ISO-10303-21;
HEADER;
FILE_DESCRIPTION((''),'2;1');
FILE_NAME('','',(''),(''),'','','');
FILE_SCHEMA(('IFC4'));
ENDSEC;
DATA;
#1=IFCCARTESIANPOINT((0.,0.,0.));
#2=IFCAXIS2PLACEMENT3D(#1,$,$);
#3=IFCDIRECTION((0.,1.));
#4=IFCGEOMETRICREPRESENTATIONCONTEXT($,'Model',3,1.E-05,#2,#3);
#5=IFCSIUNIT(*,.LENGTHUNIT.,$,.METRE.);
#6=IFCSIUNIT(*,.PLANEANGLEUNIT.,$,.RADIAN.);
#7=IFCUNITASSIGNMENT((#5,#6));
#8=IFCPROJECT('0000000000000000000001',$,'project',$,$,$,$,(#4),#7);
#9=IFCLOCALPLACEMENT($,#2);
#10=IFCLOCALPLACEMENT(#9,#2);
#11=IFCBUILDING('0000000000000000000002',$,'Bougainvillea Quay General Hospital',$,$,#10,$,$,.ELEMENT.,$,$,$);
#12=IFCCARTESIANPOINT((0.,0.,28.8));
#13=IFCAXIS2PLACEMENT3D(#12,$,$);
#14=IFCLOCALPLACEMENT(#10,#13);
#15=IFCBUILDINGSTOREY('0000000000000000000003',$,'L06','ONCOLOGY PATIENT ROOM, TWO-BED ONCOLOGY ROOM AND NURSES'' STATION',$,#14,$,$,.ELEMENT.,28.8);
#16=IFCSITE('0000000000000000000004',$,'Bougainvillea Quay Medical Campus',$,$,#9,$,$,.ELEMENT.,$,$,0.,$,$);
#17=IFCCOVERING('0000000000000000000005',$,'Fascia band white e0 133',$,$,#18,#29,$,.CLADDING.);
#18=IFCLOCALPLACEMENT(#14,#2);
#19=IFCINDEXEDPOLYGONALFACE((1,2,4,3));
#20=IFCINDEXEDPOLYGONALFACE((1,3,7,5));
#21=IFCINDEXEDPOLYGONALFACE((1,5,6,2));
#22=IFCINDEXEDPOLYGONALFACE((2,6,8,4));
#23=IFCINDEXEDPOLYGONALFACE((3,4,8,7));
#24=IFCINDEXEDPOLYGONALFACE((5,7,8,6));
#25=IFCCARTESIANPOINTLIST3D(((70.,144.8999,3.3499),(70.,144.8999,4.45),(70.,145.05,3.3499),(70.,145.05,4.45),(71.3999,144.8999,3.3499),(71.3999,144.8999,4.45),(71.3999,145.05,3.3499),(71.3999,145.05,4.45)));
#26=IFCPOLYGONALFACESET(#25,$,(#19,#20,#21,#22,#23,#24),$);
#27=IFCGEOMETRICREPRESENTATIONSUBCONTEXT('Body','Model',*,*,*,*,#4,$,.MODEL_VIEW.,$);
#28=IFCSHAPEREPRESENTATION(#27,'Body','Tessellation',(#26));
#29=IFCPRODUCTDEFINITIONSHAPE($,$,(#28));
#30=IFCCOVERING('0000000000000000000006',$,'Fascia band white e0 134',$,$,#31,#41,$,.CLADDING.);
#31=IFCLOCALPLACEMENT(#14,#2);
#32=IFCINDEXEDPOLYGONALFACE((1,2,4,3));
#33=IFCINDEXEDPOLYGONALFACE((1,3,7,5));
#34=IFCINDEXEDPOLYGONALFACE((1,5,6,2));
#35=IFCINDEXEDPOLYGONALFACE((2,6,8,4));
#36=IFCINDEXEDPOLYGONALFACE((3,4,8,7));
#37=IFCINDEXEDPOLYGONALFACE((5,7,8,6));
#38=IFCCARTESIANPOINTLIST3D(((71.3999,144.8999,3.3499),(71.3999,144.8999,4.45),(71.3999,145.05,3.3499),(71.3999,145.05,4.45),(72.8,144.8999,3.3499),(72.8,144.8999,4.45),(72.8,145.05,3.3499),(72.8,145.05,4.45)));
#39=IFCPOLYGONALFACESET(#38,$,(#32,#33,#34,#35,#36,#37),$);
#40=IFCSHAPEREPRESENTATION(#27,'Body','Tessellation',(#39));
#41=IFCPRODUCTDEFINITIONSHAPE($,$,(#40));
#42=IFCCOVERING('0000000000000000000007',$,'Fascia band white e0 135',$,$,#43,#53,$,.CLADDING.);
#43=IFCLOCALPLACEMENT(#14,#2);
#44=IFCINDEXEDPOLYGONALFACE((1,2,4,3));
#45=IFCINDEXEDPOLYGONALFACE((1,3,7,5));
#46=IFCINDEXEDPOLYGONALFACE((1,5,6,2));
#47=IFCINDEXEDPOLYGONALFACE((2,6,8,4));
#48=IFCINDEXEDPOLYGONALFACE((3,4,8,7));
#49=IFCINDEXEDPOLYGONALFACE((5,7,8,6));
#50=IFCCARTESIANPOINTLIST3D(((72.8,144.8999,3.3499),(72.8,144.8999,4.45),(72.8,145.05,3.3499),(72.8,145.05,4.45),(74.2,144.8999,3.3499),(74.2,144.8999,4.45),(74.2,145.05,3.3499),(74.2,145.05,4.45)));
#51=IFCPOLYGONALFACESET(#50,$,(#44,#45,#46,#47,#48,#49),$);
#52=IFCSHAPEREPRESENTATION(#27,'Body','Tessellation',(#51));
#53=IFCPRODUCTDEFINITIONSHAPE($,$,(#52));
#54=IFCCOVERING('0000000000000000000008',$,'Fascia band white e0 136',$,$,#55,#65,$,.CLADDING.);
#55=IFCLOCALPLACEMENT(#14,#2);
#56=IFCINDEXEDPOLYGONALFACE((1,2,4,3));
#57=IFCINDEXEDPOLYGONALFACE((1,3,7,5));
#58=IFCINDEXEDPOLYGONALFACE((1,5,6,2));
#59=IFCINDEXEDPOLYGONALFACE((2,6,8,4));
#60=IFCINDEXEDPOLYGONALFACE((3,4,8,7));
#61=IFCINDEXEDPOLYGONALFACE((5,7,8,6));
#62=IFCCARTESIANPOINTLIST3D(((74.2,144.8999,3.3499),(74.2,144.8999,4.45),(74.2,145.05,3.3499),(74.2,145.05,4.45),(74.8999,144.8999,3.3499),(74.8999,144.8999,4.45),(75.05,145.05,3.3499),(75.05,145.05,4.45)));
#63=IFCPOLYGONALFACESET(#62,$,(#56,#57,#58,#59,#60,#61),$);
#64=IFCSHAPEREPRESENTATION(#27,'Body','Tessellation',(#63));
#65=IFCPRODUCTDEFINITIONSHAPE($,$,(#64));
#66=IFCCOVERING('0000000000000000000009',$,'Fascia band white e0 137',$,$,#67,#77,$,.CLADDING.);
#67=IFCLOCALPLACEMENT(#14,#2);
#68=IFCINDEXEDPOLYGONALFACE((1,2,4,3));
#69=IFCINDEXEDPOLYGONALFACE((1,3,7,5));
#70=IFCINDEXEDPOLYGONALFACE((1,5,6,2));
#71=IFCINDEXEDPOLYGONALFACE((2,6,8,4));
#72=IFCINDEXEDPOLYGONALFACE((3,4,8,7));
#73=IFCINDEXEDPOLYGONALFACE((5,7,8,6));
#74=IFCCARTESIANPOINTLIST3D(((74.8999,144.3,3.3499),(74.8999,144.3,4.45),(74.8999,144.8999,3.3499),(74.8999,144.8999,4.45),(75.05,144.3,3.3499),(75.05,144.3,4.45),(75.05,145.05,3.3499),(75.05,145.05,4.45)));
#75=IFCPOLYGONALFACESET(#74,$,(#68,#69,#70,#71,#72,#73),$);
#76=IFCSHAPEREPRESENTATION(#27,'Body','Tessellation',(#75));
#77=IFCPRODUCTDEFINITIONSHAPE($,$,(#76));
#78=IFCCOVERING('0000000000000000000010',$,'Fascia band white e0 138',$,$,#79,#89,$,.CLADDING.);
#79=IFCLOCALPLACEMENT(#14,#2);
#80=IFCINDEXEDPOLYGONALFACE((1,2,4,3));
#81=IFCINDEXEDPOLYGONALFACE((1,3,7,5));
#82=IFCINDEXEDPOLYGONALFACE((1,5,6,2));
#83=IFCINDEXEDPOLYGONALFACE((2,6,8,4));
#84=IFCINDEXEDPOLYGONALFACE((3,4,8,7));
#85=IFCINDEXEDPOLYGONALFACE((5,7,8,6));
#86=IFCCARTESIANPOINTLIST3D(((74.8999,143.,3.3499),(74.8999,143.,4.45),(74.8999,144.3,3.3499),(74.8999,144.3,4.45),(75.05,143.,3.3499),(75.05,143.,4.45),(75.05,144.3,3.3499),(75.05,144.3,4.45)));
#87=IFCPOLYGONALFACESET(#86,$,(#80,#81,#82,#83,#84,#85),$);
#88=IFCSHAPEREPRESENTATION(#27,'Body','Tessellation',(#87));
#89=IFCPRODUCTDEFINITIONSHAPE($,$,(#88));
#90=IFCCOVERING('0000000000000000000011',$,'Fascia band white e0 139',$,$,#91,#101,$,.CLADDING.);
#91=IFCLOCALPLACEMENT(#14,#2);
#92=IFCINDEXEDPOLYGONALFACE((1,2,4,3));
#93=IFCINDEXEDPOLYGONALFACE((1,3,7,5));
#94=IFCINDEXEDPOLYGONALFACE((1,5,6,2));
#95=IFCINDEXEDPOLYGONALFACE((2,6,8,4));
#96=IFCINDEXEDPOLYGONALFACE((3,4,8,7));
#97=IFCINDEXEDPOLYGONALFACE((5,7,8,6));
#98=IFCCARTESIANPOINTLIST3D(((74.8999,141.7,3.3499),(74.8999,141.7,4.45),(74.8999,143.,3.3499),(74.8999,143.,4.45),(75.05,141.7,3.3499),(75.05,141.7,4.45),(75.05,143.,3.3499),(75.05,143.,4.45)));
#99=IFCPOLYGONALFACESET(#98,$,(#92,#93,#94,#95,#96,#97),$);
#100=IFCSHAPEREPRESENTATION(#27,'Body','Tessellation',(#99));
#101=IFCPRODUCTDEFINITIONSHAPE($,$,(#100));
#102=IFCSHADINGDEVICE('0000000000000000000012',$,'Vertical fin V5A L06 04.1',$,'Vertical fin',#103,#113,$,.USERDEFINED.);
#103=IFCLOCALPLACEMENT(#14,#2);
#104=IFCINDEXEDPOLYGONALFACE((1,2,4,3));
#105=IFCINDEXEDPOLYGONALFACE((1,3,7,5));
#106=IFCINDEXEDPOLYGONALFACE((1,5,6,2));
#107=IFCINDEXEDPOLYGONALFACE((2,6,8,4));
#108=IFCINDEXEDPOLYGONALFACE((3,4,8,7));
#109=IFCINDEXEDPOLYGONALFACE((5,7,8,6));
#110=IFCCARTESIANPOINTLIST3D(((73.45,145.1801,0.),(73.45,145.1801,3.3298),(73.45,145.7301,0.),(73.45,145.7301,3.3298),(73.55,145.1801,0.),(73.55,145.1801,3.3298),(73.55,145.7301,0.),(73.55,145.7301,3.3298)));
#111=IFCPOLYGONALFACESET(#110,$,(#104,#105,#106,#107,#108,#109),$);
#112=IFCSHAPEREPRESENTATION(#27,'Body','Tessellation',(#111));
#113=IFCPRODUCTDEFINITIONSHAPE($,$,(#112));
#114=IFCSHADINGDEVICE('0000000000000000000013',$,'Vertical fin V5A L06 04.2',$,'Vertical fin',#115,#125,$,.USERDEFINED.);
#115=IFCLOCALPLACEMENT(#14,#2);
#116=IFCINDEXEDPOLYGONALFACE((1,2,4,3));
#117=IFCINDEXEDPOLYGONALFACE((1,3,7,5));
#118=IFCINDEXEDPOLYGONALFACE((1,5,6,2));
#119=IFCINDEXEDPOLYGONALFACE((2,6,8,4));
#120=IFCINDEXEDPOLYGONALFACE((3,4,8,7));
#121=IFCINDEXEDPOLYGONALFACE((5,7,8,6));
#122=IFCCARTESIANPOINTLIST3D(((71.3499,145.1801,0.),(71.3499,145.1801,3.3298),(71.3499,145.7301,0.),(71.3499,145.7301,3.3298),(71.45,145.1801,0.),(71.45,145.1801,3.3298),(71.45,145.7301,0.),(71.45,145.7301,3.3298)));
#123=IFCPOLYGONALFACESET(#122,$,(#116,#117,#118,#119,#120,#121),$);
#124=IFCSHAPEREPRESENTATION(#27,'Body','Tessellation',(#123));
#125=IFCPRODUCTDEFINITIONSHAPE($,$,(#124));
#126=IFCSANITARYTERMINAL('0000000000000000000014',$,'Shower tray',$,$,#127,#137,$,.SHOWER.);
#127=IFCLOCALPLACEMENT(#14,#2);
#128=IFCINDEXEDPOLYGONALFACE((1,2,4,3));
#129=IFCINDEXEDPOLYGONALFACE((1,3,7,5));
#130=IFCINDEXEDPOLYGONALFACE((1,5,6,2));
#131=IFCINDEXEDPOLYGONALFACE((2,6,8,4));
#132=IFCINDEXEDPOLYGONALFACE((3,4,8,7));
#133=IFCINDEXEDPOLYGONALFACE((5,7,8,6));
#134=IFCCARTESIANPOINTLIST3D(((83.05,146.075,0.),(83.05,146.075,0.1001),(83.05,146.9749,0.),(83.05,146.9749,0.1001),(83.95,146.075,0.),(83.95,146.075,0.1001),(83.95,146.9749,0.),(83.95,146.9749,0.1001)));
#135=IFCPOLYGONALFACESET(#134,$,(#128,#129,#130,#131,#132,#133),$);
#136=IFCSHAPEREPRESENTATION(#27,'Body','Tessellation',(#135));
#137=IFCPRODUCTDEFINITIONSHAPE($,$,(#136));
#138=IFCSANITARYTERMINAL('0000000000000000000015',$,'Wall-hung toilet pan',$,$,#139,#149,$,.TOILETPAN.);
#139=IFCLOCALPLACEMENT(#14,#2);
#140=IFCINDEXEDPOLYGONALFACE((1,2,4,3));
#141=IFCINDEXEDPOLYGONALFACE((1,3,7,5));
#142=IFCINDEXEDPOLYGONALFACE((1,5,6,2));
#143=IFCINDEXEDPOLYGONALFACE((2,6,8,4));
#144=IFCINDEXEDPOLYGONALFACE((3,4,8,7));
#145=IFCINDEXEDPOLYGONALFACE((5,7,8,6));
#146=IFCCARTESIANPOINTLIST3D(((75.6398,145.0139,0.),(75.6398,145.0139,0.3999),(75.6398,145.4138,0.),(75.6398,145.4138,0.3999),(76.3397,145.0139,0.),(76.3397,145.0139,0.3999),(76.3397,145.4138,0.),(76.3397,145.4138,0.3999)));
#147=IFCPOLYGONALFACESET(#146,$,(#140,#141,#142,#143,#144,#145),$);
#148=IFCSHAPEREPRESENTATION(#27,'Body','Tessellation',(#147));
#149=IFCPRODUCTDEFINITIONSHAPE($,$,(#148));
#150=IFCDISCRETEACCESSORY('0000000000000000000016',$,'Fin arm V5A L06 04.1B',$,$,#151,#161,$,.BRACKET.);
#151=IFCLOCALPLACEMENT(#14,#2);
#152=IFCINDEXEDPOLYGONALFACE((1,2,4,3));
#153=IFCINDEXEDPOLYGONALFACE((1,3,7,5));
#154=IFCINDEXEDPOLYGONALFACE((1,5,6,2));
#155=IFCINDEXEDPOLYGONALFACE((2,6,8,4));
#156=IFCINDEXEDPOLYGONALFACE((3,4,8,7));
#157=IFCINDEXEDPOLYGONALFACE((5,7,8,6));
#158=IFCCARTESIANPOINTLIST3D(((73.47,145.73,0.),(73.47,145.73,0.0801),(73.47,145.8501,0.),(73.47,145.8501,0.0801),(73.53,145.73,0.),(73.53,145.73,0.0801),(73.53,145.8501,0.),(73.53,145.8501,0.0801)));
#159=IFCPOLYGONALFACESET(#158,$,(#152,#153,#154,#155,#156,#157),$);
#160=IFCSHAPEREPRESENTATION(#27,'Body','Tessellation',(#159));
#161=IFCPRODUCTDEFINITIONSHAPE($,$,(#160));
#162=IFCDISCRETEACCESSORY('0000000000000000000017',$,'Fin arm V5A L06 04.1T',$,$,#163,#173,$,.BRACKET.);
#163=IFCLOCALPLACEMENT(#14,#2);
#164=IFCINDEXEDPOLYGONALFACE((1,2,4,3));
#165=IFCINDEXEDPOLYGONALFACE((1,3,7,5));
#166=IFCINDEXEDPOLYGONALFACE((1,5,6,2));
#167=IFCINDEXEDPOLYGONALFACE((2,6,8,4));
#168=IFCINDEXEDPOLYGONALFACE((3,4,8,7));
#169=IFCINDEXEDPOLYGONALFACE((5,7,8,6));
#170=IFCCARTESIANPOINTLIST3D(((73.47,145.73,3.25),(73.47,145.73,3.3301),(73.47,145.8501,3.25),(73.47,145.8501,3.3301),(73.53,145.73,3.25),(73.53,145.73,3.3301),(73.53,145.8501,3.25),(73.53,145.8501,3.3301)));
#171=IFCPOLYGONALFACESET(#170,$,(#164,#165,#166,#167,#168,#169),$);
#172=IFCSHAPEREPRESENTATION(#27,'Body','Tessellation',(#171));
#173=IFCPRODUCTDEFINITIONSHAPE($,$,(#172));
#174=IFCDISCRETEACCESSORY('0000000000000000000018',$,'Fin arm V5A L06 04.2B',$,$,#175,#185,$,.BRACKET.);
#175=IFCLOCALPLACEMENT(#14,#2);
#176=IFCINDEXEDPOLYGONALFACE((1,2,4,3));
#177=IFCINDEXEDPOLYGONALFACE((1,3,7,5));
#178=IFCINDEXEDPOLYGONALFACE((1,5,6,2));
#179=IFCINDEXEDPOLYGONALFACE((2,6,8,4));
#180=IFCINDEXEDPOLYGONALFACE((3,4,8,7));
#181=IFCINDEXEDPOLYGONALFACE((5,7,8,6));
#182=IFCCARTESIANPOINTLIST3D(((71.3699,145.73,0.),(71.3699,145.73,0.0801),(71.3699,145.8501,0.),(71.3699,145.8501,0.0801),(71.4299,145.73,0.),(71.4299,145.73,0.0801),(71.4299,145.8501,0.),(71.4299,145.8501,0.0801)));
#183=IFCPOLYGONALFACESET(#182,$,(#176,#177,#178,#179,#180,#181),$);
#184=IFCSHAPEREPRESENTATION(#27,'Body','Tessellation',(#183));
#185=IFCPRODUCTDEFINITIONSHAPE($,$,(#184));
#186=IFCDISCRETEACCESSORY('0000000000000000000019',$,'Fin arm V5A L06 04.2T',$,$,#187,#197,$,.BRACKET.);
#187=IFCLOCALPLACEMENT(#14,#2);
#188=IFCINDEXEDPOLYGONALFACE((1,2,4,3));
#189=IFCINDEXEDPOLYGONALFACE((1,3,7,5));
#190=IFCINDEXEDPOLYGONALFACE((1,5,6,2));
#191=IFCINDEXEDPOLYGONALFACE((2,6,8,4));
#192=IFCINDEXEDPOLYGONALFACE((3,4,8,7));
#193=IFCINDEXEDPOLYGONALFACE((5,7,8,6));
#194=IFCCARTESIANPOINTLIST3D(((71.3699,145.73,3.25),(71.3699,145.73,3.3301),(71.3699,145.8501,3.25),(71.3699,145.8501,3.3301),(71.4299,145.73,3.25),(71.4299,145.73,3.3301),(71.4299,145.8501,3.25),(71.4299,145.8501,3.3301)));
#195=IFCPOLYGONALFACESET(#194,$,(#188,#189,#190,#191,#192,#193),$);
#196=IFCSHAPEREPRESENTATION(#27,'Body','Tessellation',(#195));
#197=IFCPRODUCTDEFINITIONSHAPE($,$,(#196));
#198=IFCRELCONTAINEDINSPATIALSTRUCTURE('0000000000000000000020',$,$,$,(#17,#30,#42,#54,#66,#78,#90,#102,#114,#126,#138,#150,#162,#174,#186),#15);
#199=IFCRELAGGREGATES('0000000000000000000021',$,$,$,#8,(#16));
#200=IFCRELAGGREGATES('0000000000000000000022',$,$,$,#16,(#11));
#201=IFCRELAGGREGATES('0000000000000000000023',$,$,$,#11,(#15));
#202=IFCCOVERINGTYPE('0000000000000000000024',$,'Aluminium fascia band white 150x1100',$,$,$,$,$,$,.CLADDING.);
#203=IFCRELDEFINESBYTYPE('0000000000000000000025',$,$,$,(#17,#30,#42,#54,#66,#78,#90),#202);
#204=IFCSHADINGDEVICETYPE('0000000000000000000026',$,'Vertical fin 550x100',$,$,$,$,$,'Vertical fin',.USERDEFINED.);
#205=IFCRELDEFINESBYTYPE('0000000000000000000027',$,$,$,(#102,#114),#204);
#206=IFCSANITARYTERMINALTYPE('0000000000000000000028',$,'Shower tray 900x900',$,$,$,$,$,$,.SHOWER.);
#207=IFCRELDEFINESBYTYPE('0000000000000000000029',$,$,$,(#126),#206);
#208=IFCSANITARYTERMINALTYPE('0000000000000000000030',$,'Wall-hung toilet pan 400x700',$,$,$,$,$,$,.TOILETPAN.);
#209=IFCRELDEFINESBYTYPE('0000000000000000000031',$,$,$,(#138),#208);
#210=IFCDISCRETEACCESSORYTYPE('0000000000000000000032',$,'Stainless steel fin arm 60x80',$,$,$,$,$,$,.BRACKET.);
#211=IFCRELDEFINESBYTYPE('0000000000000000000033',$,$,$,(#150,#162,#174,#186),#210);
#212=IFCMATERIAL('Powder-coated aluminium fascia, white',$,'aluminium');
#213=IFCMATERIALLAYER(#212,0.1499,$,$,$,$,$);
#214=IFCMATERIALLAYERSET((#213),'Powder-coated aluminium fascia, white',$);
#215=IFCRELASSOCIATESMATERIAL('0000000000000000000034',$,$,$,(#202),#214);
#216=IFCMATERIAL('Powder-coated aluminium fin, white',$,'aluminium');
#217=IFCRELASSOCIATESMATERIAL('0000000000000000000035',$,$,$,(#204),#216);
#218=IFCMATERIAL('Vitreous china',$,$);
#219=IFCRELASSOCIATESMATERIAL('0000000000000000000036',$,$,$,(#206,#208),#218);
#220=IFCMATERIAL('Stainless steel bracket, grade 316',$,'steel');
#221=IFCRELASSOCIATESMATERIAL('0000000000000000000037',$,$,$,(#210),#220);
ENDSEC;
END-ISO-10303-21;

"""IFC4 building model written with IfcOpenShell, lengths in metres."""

from ifc_helpers import new_model, si_unit, direction, frame, origin, origin_2d, place, context, subcontext, project, spatial, polyline, rectangle, outline, extrude, material, layer, layer_set, material_profile, profile_set, type_object, element, save


model = new_model("IFC4")

# Units and contexts
model_context = context("Model", 3, precision=1e-05, world=origin(), true_north=direction((0.0, 1.0)))
body_context = subcontext(model_context, "Body", "Model", "MODEL_VIEW")
ifc_project = project(units=[si_unit("LENGTHUNIT", "METRE"), si_unit("PLANEANGLEUNIT", "RADIAN")], contexts=[model_context])

# Site, building, storey
site_placement = place(None, origin())
site = spatial("IfcSite", under=ifc_project, at=site_placement, Name="Bougainvillea Quay Medical Campus", CompositionType="ELEMENT", RefElevation=0.0)
building_placement = place(site_placement, origin())
building = spatial("IfcBuilding", under=site, at=building_placement, Name="Bougainvillea Quay General Hospital", CompositionType="ELEMENT")
storey_placement = place(building_placement, frame((0.0, 0.0, 28.8)))
storey = spatial("IfcBuildingStorey", under=building, at=storey_placement, Name="L06", Description="ONCOLOGY PATIENT ROOM, TWO-BED ONCOLOGY ROOM AND NURSES' STATION", CompositionType="ELEMENT", Elevation=28.8)

# Coverings
ifc_material_1 = material(Name="Powder-coated aluminium fascia, white", Category="aluminium")
ifc_layer_1 = layer(ifc_material_1, 0.1499)
ifc_layer_set_1 = layer_set([ifc_layer_1], Name="Powder-coated aluminium fascia, white")
covering_type = type_object("IfcCoveringType", Name="Aluminium fascia band white 150x1100", PredefinedType="CLADDING", material=ifc_layer_set_1)
covering_1_placement = place(storey_placement, frame((70.0, 145.05, 3.3499), z_axis=(0.0, 0.0, 1.0), x_axis=(1.0, 0.0, 0.0)))
element("IfcCovering", 1, at=covering_1_placement, inside=storey, type_object=covering_type, Name="Fascia band white e0 133", PredefinedType="CLADDING", context=body_context, shape_type="SweptSolid", body=[
    extrude(outline(polyline([(0.0, 0.0), (1.3999, 0.0), (1.3999, -0.1501), (0.0, -0.1501), (0.0, 0.0)])), origin(), (0.0, 0.0, 1.0), 1.1001),
])
covering_2_placement = place(storey_placement, frame((71.3999, 145.05, 3.3499), z_axis=(0.0, 0.0, 1.0), x_axis=(1.0, 0.0, 0.0)))
element("IfcCovering", 2, at=covering_2_placement, inside=storey, type_object=covering_type, Name="Fascia band white e0 134", PredefinedType="CLADDING", context=body_context, shape_type="SweptSolid", body=[
    extrude(outline(polyline([(0.0, 0.0), (1.4001, 0.0), (1.4001, -0.1501), (0.0, -0.1501), (0.0, 0.0)])), origin(), (0.0, 0.0, 1.0), 1.1001),
])
covering_3_placement = place(storey_placement, frame((72.8, 145.05, 3.3499), z_axis=(0.0, 0.0, 1.0), x_axis=(1.0, 0.0, 0.0)))
element("IfcCovering", 3, at=covering_3_placement, inside=storey, type_object=covering_type, Name="Fascia band white e0 135", PredefinedType="CLADDING", context=body_context, shape_type="SweptSolid", body=[
    extrude(outline(polyline([(0.0, 0.0), (1.3999, 0.0), (1.3999, -0.1501), (0.0, -0.1501), (0.0, 0.0)])), origin(), (0.0, 0.0, 1.0), 1.1001),
])
covering_4_placement = place(storey_placement, frame((74.2, 145.05, 3.3499), z_axis=(0.0, 0.0, 1.0), x_axis=(1.0, 0.0, 0.0)))
element("IfcCovering", 4, at=covering_4_placement, inside=storey, type_object=covering_type, Name="Fascia band white e0 136", PredefinedType="CLADDING", context=body_context, shape_type="SweptSolid", body=[
    extrude(outline(polyline([(0.0, 0.0), (0.8501, 0.0), (0.7, -0.1501), (0.0, -0.1501), (0.0, 0.0)])), origin(), (0.0, 0.0, 1.0), 1.1001),
])
covering_5_placement = place(storey_placement, frame((75.05, 145.05, 3.3499), z_axis=(0.0, 0.0, 1.0), x_axis=(0.0, -1.0, 0.0)))
element("IfcCovering", 5, at=covering_5_placement, inside=storey, type_object=covering_type, Name="Fascia band white e0 137", PredefinedType="CLADDING", context=body_context, shape_type="SweptSolid", body=[
    extrude(outline(polyline([(0.0, 0.0), (0.75, 0.0), (0.75, -0.1501), (0.1501, -0.1501), (0.0, 0.0)])), origin(), (0.0, 0.0, 1.0), 1.1001),
])
for number, where, z_axis, x_axis, name in (
    (6, (75.05, 144.3, 3.3499), (0.0, 0.0, 1.0), (0.0, -1.0, 0.0), "Fascia band white e0 138"),
    (7, (75.05, 143.0, 3.3499), (0.0, 0.0, 1.0), (0.0, -1.0, 0.0), "Fascia band white e0 139"),
):
    element("IfcCovering", number, at=place(storey_placement, frame(where, z_axis=z_axis, x_axis=x_axis)), inside=storey, type_object=covering_type, Name=name, PredefinedType="CLADDING", context=body_context, shape_type="SweptSolid", body=[
        extrude(outline(polyline([(0.0, 0.0), (1.3, 0.0), (1.3, -0.1501), (0.0, -0.1501), (0.0, 0.0)])), origin(), (0.0, 0.0, 1.0), 1.1001),
    ])

# Shading devices
ifc_material_2 = material(Name="Powder-coated aluminium fin, white", Category="aluminium")
ifc_material_profile_1 = material_profile(ifc_material_2, rectangle(XDim=0.55, YDim=0.1001, at=origin_2d()))
ifc_profile_set_1 = profile_set([ifc_material_profile_1], Name="Powder-coated aluminium fin, white")
shading_device_type = type_object("IfcShadingDeviceType", Name="Vertical fin 550x100", ElementType="Vertical fin", PredefinedType="USERDEFINED", material=ifc_profile_set_1)
for number, where, z_axis, x_axis, name in (
    (8, (73.5, 145.4551, 0.0), (0.0, 0.0, 1.0), (0.0, -1.0, 0.0), "Vertical fin V5A L06 04.1"),
    (9, (71.3999, 145.4551, 0.0), (0.0, 0.0, 1.0), (0.0, -1.0, 0.0), "Vertical fin V5A L06 04.2"),
):
    element("IfcShadingDevice", number, at=place(storey_placement, frame(where, z_axis=z_axis, x_axis=x_axis)), inside=storey, type_object=shading_device_type, Name=name, ObjectType="Vertical fin", PredefinedType="USERDEFINED", context=body_context, shape_type="SweptSolid", body=[
        extrude(rectangle(XDim=0.55, YDim=0.1001, at=origin_2d()), origin(), (0.0, 0.0, 1.0), 3.3298),
    ])

# Sanitary terminals
ifc_material_3 = material(Name="Vitreous china")
sanitary_terminal_type_1 = type_object("IfcSanitaryTerminalType", Name="Shower tray 900x900", PredefinedType="SHOWER", material=ifc_material_3)
sanitary_terminal_1_placement = place(storey_placement, frame((83.5, 146.5249, 0.0), z_axis=(0.0, 0.0, 1.0), x_axis=(0.0, -1.0, 0.0)))
element("IfcSanitaryTerminal", 10, at=sanitary_terminal_1_placement, inside=storey, type_object=sanitary_terminal_type_1, Name="Shower tray", PredefinedType="SHOWER", context=body_context, shape_type="SweptSolid", body=[
    extrude(rectangle(XDim=0.8999, YDim=0.8999, at=origin_2d()), origin(), (0.0, 0.0, 1.0), 0.1001),
])
sanitary_terminal_type_2 = type_object("IfcSanitaryTerminalType", Name="Wall-hung toilet pan 400x700", PredefinedType="TOILETPAN", material=ifc_material_3)
sanitary_terminal_2_placement = place(storey_placement, frame((75.9897, 145.2139, 0.0), z_axis=(0.0, 0.0, 1.0), x_axis=(0.0, 1.0, 0.0)))
element("IfcSanitaryTerminal", 11, at=sanitary_terminal_2_placement, inside=storey, type_object=sanitary_terminal_type_2, Name="Wall-hung toilet pan", PredefinedType="TOILETPAN", context=body_context, shape_type="SweptSolid", body=[
    extrude(rectangle(XDim=0.3999, YDim=0.7, at=origin_2d()), origin(), (0.0, 0.0, 1.0), 0.3999),
])

# Discrete accessories
ifc_material_4 = material(Name="Stainless steel bracket, grade 316", Category="steel")
discrete_accessory_type_1 = type_object("IfcDiscreteAccessoryType", Name="Stainless steel fin arm 60x80", PredefinedType="BRACKET", material=ifc_material_4)
for number, where, z_axis, x_axis, name in (
    (12, (73.5, 145.79, 0.0), (0.0, 0.0, 1.0), (0.0, -1.0, 0.0), "Fin arm V5A L06 04.1B"),
    (13, (73.5, 145.79, 3.25), (0.0, 0.0, 1.0), (0.0, -1.0, 0.0), "Fin arm V5A L06 04.1T"),
    (14, (71.3999, 145.79, 0.0), (0.0, 0.0, 1.0), (0.0, -1.0, 0.0), "Fin arm V5A L06 04.2B"),
    (15, (71.3999, 145.79, 3.25), (0.0, 0.0, 1.0), (0.0, -1.0, 0.0), "Fin arm V5A L06 04.2T"),
):
    element("IfcDiscreteAccessory", number, at=place(storey_placement, frame(where, z_axis=z_axis, x_axis=x_axis)), inside=storey, type_object=discrete_accessory_type_1, Name=name, PredefinedType="BRACKET", context=body_context, shape_type="SweptSolid", body=[
        extrude(rectangle(XDim=0.1201, YDim=0.0601, at=origin_2d()), origin(), (0.0, 0.0, 1.0), 0.0801),
    ])

save(model, "model.ifc")
